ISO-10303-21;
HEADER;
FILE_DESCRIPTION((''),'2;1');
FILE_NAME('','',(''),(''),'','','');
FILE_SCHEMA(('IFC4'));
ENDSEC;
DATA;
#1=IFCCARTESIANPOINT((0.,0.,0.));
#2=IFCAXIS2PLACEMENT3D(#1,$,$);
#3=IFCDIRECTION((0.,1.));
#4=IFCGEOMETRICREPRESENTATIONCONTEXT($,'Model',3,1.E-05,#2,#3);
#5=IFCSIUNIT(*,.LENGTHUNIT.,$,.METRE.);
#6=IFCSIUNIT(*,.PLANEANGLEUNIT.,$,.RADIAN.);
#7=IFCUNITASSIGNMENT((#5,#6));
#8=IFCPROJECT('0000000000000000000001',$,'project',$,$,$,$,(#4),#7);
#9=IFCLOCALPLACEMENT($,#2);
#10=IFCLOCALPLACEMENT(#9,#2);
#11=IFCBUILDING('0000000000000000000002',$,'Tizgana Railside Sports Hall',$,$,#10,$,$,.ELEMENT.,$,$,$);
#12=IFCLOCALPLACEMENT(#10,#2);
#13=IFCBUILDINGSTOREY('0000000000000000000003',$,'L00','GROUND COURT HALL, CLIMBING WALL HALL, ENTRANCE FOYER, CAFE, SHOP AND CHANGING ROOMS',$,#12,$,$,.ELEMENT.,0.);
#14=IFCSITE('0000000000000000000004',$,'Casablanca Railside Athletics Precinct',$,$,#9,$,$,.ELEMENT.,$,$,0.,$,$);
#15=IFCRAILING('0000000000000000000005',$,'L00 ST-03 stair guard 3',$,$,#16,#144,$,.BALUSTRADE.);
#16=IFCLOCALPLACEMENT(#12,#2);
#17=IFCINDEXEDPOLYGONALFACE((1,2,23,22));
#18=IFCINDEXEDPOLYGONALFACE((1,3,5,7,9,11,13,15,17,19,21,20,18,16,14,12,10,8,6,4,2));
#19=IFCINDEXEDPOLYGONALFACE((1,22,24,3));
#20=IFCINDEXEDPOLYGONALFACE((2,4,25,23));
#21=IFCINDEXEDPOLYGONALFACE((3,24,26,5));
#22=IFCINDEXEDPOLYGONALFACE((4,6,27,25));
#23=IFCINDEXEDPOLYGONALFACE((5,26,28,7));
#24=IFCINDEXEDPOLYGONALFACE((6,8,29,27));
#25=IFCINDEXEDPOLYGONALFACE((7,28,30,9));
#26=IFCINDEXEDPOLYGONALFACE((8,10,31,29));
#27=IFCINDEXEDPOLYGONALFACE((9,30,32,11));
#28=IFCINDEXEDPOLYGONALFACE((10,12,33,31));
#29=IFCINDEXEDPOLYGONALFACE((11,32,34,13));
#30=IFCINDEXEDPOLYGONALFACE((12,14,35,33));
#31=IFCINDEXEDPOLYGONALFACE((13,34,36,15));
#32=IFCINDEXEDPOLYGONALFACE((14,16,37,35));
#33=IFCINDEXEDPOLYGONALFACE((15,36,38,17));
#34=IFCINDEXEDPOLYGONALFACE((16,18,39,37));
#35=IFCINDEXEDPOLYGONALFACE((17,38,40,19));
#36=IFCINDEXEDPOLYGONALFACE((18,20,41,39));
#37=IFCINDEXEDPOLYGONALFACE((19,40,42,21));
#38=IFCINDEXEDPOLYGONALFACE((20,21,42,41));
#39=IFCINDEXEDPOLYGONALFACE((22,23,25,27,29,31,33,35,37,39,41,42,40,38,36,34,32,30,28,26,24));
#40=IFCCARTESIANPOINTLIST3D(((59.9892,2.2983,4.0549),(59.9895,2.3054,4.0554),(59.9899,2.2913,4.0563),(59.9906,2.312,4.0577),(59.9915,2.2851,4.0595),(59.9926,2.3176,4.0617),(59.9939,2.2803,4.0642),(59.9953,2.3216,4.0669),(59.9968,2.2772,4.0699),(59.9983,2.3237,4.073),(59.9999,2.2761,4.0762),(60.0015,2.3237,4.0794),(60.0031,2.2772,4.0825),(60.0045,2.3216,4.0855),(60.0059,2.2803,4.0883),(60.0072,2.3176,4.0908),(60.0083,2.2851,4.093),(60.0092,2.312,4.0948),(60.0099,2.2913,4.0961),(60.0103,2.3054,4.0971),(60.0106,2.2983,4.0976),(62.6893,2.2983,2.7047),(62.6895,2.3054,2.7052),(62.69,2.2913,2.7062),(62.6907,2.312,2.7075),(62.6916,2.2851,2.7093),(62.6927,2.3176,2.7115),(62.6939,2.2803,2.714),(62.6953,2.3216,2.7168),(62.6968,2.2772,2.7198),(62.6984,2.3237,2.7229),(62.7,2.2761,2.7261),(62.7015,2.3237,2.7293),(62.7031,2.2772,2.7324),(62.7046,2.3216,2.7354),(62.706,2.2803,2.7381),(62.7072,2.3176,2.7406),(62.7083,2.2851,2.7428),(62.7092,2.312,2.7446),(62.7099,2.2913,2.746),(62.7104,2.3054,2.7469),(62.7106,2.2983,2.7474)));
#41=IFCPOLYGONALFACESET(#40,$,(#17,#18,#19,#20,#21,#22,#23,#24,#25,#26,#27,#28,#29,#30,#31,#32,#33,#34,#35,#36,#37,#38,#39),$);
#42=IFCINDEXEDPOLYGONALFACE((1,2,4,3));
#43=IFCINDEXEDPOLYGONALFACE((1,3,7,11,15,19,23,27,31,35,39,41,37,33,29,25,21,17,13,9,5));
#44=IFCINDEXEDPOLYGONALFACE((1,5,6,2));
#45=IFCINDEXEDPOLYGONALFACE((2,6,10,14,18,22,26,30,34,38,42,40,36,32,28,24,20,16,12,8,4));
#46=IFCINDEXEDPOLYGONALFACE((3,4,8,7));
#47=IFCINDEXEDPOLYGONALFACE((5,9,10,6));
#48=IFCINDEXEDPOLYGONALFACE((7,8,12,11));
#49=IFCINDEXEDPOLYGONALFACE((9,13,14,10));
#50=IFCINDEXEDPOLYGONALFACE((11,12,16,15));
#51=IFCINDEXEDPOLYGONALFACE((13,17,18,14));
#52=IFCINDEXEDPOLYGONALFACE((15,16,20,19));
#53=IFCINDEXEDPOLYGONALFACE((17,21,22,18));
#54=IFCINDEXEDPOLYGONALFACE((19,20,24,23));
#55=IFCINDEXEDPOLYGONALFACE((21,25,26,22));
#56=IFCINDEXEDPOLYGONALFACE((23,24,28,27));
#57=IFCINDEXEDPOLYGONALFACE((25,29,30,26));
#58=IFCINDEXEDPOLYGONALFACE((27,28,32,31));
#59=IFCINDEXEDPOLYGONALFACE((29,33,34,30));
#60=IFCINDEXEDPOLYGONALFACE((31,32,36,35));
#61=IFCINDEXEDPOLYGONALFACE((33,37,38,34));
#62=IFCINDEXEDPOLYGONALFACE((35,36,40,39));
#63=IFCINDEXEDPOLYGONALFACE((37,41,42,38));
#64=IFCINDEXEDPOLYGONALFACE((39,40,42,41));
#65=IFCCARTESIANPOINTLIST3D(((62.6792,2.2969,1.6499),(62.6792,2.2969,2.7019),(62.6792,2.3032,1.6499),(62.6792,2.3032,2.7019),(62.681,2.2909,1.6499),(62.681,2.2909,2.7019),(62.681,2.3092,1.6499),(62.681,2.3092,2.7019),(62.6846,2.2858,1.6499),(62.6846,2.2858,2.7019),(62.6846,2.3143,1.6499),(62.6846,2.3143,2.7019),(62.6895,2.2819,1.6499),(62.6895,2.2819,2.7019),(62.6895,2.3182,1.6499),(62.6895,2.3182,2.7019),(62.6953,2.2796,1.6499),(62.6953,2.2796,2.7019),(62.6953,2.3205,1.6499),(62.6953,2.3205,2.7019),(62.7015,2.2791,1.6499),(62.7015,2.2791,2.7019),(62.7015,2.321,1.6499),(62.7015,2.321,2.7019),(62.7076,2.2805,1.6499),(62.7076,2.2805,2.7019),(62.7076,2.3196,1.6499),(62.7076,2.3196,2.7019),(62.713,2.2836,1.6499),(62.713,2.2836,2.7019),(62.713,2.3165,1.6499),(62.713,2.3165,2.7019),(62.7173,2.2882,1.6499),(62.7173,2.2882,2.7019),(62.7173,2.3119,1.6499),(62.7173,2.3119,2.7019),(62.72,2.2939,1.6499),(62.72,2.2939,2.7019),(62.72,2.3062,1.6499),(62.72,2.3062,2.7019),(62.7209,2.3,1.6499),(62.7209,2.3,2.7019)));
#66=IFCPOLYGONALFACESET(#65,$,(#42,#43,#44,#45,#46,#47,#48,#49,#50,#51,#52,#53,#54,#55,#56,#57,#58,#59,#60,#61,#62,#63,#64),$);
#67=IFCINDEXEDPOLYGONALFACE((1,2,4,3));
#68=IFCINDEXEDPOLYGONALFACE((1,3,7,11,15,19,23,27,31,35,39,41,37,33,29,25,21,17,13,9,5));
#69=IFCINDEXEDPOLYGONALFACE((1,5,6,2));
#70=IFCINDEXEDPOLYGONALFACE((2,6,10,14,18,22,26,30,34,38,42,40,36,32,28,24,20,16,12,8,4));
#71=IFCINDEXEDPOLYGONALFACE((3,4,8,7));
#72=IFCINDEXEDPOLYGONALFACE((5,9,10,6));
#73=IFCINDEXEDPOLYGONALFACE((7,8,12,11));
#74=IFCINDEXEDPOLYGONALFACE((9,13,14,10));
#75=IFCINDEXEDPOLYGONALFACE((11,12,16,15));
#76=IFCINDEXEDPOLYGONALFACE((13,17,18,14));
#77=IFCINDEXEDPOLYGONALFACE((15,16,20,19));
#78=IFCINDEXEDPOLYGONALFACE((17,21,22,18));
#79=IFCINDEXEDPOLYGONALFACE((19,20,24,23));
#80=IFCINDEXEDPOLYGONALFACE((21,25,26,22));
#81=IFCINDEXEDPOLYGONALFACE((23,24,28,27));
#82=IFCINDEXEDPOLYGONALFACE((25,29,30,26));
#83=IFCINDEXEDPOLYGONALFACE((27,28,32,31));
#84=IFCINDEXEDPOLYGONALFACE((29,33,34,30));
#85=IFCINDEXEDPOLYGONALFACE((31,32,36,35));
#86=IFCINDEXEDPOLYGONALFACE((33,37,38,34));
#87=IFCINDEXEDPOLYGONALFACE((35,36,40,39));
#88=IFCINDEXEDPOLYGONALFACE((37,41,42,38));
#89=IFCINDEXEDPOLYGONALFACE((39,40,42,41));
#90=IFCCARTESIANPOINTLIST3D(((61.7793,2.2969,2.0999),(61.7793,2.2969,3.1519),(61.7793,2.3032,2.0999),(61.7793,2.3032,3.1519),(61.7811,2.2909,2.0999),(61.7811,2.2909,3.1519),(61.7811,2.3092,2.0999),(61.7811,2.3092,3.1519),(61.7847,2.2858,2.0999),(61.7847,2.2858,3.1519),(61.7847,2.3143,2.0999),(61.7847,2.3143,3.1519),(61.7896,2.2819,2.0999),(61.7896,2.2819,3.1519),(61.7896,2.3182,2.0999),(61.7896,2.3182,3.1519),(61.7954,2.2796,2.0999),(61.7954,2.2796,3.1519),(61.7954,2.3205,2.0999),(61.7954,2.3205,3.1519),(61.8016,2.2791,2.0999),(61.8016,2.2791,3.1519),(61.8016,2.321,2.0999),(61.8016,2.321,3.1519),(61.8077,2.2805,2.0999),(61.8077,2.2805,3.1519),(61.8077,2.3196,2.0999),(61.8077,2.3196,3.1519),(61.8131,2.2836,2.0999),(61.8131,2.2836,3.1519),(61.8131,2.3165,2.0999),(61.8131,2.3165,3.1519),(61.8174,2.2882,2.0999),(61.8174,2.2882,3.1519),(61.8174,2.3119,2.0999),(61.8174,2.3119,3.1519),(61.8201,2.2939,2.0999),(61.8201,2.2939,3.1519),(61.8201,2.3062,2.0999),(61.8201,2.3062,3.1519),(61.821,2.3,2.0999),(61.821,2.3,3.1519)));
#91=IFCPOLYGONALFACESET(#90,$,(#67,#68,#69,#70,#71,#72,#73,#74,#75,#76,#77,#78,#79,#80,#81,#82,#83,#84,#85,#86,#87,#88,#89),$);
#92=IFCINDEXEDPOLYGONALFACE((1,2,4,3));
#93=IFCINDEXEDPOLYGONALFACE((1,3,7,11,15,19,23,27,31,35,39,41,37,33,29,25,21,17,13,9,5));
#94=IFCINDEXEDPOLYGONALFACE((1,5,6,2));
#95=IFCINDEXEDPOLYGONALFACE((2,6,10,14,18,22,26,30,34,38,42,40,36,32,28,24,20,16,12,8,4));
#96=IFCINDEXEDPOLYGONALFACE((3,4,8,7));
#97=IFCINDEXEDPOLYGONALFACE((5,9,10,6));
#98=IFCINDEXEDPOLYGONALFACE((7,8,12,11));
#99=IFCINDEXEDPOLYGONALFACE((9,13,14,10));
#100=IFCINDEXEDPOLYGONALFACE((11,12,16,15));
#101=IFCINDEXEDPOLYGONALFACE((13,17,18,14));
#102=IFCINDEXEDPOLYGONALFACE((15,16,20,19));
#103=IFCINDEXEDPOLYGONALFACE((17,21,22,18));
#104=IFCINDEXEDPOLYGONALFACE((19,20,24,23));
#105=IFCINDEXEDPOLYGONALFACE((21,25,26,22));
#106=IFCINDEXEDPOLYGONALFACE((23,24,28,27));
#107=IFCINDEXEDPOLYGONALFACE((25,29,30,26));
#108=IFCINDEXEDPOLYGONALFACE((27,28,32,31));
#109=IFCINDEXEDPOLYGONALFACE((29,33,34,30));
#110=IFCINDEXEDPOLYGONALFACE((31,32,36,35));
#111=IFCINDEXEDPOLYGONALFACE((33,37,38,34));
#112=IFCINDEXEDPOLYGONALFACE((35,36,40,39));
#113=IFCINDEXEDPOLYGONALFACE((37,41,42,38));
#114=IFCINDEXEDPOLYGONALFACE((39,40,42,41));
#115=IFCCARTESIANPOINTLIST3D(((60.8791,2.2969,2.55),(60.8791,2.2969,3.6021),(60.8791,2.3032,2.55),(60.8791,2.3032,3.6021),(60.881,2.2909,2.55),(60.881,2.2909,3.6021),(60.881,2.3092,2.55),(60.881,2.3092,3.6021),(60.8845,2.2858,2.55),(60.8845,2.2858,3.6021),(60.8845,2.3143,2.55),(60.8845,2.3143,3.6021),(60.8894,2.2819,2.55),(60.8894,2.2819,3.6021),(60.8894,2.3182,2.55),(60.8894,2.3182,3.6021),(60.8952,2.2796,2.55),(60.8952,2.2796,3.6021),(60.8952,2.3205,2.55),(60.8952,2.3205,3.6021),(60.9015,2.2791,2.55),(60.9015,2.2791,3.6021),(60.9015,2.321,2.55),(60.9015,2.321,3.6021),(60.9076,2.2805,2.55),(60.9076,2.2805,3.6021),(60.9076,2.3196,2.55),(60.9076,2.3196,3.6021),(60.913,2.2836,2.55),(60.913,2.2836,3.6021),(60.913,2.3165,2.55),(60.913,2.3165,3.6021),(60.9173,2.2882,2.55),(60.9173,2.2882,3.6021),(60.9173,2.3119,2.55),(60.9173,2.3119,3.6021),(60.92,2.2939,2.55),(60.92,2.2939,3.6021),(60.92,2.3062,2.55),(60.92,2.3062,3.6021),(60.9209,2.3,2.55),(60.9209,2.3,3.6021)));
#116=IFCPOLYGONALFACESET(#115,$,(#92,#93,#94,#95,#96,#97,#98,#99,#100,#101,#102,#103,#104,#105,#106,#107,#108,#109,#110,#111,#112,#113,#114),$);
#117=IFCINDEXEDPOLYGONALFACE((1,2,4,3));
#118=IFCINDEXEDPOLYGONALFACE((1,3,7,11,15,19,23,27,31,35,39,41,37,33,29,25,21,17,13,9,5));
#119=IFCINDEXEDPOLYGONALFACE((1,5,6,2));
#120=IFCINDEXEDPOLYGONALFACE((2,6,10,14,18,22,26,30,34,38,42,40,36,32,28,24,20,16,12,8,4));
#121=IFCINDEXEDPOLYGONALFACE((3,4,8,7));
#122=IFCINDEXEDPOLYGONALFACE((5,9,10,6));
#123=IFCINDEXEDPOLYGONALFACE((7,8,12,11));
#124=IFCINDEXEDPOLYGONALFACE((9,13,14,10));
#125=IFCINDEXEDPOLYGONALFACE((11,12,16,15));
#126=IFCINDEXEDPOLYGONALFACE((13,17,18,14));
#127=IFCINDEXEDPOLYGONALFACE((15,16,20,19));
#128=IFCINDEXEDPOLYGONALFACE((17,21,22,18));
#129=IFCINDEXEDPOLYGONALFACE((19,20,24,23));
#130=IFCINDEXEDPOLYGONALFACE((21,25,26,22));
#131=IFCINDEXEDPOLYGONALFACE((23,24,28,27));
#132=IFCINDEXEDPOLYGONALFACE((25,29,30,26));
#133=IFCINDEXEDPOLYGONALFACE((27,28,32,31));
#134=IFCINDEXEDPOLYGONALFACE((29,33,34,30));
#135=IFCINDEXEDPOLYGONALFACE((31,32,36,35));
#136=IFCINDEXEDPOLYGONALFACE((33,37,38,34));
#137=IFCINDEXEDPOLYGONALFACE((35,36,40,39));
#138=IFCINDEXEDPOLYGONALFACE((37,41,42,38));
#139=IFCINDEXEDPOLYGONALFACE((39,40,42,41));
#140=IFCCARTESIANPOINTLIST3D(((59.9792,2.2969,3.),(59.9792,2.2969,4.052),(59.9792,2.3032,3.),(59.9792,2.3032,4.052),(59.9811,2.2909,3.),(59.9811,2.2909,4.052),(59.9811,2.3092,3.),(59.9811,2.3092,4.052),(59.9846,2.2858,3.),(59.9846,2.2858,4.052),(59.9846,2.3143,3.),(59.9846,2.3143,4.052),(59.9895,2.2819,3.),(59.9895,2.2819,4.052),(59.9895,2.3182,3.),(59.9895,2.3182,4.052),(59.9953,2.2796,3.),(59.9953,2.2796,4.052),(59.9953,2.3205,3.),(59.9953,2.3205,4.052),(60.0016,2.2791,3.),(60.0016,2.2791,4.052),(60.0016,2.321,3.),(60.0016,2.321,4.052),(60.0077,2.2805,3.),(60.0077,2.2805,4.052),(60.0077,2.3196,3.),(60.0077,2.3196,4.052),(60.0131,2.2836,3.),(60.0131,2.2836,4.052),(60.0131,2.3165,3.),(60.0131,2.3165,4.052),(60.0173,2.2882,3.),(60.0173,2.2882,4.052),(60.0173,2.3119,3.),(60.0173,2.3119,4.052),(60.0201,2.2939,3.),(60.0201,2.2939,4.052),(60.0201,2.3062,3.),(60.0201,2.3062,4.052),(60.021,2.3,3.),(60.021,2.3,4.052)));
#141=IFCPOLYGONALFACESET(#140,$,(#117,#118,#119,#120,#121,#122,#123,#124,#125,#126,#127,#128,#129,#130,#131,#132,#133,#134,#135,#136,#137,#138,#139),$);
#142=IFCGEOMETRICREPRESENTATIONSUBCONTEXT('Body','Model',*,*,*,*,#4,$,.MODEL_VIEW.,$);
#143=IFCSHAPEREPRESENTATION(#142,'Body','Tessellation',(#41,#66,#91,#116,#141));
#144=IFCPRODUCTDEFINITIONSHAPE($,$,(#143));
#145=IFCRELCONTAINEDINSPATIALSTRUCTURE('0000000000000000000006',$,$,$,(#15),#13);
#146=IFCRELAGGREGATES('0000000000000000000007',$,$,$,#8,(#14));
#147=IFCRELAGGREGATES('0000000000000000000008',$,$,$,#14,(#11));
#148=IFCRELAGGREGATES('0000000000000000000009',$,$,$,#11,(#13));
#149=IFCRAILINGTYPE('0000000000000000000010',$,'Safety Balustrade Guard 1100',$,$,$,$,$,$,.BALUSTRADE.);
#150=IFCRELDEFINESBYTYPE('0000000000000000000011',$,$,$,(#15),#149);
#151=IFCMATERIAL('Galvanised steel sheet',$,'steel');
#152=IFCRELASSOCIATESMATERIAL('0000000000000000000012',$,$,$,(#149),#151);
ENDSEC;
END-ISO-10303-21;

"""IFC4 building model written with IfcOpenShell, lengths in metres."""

from ifc_helpers import new_model, si_unit, direction, frame, origin, origin_2d, place, context, subcontext, project, spatial, circle, extrude, material, type_object, element, save


model = new_model("IFC4")

# Units and contexts
model_context = context("Model", 3, precision=1e-05, world=origin(), true_north=direction((0.0, 1.0)))
body_context = subcontext(model_context, "Body", "Model", "MODEL_VIEW")
ifc_project = project(units=[si_unit("LENGTHUNIT", "METRE"), si_unit("PLANEANGLEUNIT", "RADIAN")], contexts=[model_context])

# Site, building, storey
site_placement = place(None, origin())
site = spatial("IfcSite", under=ifc_project, at=site_placement, Name="Casablanca Railside Athletics Precinct", CompositionType="ELEMENT", RefElevation=0.0)
building_placement = place(site_placement, origin())
building = spatial("IfcBuilding", under=site, at=building_placement, Name="Tizgana Railside Sports Hall", CompositionType="ELEMENT")
storey_placement = place(building_placement, origin())
storey = spatial("IfcBuildingStorey", under=building, at=storey_placement, Name="L00", Description="GROUND COURT HALL, CLIMBING WALL HALL, ENTRANCE FOYER, CAFE, SHOP AND CHANGING ROOMS", CompositionType="ELEMENT", Elevation=0.0)

# Railing
ifc_material_1 = material(Name="Galvanised steel sheet", Category="steel")
railing_type_1 = type_object("IfcRailingType", Name="Safety Balustrade Guard 1100", PredefinedType="BALUSTRADE", material=ifc_material_1)
railing_1_placement = place(storey_placement, frame((62.7, 2.3, 1.6499)))
element("IfcRailing", 1, at=railing_1_placement, inside=storey, type_object=railing_type_1, Name="L00 ST-03 stair guard 3", PredefinedType="BALUSTRADE", context=body_context, shape_type="SweptSolid", body=[
    extrude(circle(Radius=0.0239, at=origin_2d()), frame((0.0, 0.0, 1.0762), z_axis=(-0.894411, 0.0, 0.447246), x_axis=(0.0, -1.0, 0.0)), (0.0, 0.0, 1.0), 3.0188),
    extrude(circle(Radius=0.021, at=origin_2d()), origin(), (0.0, 0.0, 1.0), 1.052),
    extrude(circle(Radius=0.021, at=origin_2d()), frame((-0.8999, 0.0, 0.45)), (0.0, 0.0, 1.0), 1.052),
    extrude(circle(Radius=0.021, at=origin_2d()), frame((-1.8, 0.0, 0.9001)), (0.0, 0.0, 1.0), 1.052),
    extrude(circle(Radius=0.021, at=origin_2d()), frame((-2.7, 0.0, 1.3501)), (0.0, 0.0, 1.0), 1.052),
])

save(model, "model.ifc")
